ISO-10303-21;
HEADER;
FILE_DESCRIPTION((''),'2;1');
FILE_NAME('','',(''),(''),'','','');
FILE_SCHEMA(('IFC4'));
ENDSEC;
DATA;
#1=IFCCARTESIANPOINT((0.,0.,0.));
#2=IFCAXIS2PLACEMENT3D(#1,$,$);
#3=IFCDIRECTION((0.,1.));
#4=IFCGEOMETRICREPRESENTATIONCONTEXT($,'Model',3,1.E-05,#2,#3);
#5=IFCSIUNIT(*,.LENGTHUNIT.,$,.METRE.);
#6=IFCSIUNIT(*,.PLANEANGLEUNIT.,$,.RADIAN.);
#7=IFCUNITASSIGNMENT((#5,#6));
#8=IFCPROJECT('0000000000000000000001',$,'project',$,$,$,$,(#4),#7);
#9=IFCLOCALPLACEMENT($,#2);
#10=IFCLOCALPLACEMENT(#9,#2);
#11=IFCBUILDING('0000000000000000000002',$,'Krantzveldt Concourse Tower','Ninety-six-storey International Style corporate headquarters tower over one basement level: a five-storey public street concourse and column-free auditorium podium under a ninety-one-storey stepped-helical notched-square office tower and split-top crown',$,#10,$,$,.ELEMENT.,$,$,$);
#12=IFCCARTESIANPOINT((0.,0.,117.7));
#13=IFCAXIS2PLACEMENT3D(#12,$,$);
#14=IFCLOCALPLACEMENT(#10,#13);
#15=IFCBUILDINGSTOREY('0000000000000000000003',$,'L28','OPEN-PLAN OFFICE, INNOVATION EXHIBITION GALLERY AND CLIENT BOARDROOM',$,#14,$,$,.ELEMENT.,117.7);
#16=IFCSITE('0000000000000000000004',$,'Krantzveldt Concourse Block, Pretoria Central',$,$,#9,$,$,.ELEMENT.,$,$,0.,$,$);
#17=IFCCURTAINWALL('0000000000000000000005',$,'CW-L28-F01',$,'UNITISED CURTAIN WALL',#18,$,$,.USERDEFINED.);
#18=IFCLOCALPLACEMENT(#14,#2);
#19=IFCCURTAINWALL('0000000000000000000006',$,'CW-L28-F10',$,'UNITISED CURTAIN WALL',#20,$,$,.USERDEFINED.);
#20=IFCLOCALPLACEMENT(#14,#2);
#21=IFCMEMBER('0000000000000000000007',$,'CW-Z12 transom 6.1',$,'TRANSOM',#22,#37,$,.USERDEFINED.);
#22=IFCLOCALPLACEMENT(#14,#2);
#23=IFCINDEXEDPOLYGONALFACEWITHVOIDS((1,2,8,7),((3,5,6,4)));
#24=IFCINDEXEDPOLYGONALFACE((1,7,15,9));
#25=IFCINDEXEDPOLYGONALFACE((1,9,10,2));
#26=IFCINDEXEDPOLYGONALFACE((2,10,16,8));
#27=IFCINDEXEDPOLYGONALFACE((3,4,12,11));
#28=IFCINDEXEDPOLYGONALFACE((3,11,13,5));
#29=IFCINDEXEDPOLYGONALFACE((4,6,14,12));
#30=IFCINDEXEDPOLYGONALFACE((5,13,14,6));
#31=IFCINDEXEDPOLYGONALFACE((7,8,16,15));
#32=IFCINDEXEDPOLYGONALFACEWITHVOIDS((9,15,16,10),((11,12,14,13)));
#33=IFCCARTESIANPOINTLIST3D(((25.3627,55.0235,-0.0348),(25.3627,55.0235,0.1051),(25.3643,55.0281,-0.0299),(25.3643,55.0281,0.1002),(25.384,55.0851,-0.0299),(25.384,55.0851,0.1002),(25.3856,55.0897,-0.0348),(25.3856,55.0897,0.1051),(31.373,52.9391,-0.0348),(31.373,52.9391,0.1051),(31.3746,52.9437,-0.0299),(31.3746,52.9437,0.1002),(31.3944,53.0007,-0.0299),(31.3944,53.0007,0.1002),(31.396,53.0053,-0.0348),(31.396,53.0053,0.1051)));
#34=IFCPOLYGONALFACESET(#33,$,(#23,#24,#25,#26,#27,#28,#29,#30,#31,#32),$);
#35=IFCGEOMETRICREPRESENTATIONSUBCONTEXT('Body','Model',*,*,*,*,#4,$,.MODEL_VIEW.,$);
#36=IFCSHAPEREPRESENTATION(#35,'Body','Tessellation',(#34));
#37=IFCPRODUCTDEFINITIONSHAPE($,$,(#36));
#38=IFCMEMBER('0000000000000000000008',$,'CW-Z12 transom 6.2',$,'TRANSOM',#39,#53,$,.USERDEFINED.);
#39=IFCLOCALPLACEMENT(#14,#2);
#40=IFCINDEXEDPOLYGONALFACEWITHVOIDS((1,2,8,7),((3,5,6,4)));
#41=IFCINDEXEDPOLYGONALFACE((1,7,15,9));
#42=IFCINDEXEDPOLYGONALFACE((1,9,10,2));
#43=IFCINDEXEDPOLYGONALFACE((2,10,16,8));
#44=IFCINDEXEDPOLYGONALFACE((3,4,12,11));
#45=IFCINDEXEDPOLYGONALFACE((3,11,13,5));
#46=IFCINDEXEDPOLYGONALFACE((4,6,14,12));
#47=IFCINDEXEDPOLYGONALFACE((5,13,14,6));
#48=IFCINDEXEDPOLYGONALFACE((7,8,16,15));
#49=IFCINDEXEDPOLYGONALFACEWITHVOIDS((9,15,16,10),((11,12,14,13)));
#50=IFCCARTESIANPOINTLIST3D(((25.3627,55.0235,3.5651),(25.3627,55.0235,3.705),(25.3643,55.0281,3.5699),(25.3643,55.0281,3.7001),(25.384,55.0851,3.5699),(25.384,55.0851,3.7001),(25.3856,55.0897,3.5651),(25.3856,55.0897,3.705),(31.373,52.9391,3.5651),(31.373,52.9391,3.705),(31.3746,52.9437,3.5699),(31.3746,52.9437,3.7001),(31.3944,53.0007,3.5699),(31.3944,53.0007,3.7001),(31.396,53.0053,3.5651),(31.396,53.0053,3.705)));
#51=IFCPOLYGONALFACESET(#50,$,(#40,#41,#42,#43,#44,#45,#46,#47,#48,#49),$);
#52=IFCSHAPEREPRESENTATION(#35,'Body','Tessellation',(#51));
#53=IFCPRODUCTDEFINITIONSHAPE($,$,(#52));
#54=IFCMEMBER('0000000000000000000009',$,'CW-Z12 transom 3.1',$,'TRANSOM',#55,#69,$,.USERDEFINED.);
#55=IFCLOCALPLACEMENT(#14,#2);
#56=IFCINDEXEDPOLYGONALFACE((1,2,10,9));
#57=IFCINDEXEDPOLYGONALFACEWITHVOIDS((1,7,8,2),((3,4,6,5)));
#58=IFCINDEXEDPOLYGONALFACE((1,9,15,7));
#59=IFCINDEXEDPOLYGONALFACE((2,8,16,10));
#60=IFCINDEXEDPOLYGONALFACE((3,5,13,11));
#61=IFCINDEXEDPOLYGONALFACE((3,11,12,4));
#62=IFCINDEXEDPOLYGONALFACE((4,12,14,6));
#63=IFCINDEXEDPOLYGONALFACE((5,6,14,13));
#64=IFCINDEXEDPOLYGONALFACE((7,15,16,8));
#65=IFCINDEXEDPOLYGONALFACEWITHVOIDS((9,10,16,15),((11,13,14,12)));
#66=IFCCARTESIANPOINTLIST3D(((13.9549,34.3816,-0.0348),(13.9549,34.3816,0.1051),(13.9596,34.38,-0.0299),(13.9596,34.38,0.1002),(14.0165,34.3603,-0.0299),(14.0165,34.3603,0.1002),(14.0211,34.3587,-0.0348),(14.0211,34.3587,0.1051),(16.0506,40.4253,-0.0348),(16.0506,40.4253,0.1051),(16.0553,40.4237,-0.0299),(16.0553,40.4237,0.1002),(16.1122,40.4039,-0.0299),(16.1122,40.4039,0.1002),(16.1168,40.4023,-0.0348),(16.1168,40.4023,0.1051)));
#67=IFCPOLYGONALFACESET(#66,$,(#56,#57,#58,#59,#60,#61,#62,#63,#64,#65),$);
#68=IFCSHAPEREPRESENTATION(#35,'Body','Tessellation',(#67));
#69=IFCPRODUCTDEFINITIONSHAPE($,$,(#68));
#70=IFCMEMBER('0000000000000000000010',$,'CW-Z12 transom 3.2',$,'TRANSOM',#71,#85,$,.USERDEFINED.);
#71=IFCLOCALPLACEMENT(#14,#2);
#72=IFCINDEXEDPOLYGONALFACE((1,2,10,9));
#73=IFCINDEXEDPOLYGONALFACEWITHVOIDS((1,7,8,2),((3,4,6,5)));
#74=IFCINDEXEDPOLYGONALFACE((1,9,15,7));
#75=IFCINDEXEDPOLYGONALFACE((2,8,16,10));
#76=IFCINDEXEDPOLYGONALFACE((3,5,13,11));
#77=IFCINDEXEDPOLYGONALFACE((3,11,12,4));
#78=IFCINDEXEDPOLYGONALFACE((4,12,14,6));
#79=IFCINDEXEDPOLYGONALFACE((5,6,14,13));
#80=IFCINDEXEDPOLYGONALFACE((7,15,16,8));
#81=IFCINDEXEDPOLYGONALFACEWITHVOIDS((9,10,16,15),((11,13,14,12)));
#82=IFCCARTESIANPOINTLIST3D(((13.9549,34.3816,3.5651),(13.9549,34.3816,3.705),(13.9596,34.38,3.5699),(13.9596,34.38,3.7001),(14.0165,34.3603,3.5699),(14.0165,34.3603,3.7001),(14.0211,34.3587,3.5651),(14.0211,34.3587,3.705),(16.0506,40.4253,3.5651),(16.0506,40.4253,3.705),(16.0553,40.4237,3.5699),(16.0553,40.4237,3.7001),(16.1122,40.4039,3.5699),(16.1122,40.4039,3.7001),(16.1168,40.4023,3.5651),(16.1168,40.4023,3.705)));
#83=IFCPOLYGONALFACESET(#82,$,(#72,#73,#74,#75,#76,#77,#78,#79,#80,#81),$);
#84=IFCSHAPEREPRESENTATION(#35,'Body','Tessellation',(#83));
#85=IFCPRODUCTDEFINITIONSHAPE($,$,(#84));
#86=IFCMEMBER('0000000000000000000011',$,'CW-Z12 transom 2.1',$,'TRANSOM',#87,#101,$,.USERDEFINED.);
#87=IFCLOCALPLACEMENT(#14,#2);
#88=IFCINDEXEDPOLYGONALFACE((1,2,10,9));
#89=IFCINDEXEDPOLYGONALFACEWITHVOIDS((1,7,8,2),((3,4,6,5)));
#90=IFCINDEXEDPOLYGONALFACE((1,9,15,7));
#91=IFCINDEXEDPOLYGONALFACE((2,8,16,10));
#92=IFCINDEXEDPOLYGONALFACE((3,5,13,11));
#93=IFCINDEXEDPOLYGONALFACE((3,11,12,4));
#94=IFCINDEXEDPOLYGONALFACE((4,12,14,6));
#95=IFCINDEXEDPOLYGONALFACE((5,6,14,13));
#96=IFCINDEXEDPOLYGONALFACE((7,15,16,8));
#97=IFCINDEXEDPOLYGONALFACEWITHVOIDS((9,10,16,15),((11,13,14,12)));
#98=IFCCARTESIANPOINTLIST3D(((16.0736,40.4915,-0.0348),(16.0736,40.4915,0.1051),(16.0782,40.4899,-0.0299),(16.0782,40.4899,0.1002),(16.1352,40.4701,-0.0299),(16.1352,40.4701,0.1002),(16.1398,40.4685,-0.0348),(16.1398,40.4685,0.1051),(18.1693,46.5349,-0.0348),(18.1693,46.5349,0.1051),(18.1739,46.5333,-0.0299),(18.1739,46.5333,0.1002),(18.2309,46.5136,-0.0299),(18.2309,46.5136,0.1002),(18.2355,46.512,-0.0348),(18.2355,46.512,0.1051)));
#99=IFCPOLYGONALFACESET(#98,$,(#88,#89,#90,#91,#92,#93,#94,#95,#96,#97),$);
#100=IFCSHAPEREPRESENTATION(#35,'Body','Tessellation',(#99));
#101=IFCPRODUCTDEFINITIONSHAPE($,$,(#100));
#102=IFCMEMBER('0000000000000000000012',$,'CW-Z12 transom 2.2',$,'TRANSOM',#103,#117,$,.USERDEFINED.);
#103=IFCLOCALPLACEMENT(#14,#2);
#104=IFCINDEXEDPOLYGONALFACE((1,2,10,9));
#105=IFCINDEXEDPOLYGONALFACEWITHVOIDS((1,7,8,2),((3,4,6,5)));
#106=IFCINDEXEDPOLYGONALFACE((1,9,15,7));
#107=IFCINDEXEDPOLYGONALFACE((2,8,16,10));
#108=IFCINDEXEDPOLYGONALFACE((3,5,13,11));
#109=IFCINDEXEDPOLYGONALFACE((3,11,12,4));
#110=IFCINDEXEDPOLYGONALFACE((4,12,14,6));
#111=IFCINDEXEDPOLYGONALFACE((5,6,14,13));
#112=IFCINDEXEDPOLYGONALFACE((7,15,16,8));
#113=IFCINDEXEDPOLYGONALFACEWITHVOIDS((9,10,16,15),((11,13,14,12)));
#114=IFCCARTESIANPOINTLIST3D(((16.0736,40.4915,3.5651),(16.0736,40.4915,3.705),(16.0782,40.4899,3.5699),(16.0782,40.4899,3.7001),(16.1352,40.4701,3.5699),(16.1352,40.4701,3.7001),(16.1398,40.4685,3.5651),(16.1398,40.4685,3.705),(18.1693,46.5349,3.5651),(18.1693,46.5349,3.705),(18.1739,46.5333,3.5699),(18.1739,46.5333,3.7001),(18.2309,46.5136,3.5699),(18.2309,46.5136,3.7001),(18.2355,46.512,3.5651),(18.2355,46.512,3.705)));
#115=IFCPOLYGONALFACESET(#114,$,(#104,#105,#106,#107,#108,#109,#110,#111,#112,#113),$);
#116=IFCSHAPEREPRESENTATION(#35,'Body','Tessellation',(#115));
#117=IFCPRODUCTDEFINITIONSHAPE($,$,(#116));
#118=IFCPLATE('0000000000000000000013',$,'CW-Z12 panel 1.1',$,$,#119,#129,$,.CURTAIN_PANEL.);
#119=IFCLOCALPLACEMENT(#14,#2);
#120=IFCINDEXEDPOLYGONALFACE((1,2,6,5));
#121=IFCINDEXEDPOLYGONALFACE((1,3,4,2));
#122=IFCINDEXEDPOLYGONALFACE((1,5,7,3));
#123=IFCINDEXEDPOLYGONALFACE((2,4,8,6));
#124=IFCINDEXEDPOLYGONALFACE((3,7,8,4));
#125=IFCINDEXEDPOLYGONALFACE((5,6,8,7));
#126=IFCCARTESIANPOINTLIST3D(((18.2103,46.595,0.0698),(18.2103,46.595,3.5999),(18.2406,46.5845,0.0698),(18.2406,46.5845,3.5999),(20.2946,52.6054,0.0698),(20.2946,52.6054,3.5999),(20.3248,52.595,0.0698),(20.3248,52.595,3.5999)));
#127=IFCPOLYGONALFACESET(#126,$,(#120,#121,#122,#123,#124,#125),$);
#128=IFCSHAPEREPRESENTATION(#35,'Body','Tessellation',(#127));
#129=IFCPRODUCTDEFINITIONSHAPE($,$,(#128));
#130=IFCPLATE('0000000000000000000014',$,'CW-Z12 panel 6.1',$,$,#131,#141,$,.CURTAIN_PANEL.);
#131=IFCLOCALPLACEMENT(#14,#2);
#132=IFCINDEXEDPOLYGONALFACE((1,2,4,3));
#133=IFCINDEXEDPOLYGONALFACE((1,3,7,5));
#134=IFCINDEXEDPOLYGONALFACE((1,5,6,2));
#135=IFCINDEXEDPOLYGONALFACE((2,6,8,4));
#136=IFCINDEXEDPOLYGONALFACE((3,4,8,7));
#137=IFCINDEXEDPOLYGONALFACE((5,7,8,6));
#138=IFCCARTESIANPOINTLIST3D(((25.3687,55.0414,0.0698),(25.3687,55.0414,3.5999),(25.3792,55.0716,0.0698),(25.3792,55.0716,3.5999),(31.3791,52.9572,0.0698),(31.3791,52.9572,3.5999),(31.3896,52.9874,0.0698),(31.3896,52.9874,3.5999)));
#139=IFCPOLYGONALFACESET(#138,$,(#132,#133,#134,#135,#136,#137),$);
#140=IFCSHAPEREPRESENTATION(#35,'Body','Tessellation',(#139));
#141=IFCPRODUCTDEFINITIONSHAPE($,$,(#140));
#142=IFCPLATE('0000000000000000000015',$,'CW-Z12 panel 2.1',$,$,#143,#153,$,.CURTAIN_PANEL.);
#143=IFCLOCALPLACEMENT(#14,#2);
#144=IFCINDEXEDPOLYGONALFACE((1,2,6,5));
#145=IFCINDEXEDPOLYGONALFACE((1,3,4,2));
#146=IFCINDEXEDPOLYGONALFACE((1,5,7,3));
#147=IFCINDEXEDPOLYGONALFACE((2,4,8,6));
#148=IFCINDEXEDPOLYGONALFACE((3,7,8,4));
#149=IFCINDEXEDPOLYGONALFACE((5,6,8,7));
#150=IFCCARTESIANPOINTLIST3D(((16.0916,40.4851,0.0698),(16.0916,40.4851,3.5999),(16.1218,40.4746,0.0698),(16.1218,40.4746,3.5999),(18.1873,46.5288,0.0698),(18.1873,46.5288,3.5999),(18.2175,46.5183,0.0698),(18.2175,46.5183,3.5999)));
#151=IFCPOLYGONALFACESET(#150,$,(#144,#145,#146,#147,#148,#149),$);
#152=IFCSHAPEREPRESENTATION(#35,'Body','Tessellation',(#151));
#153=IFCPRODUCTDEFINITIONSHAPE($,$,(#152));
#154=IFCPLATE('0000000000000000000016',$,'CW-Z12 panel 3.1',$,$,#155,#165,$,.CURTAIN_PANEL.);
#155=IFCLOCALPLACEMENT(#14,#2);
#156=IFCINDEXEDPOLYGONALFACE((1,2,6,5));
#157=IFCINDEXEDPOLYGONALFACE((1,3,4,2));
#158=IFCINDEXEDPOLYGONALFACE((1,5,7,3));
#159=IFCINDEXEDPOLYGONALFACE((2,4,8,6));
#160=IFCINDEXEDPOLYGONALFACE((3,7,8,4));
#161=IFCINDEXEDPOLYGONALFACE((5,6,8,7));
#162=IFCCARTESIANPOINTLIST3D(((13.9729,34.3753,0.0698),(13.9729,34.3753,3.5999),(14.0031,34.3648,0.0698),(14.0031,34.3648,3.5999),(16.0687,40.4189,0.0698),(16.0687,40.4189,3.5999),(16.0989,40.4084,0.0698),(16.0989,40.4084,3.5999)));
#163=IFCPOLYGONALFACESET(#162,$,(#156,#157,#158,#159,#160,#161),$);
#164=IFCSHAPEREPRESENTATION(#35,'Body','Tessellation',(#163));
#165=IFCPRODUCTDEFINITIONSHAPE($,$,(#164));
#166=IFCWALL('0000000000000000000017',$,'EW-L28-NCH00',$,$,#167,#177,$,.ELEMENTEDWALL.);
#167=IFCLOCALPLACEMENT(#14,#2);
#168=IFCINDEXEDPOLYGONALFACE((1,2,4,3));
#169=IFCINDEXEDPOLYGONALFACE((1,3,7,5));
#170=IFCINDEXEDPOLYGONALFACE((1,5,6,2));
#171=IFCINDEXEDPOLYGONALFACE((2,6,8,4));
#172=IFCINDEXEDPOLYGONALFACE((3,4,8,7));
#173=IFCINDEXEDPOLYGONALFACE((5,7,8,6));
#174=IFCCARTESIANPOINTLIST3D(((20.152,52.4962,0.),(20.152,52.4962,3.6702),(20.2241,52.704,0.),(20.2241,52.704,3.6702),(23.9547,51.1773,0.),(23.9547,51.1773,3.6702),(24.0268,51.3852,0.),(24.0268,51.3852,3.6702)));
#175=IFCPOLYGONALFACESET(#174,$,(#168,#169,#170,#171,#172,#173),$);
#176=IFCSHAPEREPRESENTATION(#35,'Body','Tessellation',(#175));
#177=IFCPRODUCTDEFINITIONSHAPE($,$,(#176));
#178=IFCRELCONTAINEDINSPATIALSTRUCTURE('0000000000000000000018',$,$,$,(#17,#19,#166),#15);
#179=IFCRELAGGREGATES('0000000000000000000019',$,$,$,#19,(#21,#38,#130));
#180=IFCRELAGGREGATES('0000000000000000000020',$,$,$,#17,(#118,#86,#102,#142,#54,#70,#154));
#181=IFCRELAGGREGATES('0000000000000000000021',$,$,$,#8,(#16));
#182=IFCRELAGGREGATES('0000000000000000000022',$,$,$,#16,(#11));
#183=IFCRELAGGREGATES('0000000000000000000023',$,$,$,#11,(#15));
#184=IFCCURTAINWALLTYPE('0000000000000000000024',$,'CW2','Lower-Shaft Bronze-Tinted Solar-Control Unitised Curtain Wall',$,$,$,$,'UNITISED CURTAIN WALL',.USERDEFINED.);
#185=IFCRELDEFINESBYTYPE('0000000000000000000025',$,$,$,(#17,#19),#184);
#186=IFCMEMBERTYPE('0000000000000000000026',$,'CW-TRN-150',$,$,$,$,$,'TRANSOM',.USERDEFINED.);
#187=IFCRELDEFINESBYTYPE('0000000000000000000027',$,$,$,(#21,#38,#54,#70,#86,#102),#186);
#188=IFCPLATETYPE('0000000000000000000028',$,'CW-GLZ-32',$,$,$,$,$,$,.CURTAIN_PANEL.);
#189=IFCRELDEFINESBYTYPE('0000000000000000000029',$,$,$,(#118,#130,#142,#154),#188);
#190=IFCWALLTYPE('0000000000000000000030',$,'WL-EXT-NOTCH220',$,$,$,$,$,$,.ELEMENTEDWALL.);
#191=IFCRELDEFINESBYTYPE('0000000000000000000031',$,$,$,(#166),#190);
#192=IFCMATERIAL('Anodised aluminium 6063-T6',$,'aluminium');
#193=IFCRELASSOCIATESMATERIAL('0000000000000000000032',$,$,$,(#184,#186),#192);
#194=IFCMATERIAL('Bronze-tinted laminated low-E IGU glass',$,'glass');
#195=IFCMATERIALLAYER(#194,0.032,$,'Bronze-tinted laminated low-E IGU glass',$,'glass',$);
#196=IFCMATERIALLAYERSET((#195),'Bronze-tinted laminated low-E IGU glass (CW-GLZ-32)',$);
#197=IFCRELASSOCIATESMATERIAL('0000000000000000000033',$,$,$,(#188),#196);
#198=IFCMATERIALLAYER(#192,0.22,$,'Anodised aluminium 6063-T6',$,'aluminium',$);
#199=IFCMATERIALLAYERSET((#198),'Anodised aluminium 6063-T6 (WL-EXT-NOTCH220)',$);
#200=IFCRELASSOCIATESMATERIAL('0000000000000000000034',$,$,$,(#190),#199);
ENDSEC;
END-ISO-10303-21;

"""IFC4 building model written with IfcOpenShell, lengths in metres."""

from ifc_helpers import new_model, si_unit, direction, frame, frame_2d, origin, origin_2d, place, context, subcontext, project, spatial, rectangle, hollow_rectangle, extrude, source, transform, mapped, material, layer, layer_set, material_profile, profile_set, type_object, type_shapes, element, aggregate, save


model = new_model("IFC4")

# Units and contexts
model_context = context("Model", 3, precision=1e-05, world=origin(), true_north=direction((0.0, 1.0)))
body_context = subcontext(model_context, "Body", "Model", "MODEL_VIEW")
ifc_project = project(units=[si_unit("LENGTHUNIT", "METRE"), si_unit("PLANEANGLEUNIT", "RADIAN")], contexts=[model_context])

# Site, building, storey
site_placement = place(None, origin())
site = spatial("IfcSite", under=ifc_project, at=site_placement, Name="Krantzveldt Concourse Block, Pretoria Central", CompositionType="ELEMENT", RefElevation=0.0)
building_placement = place(site_placement, origin())
building = spatial("IfcBuilding", under=site, at=building_placement, Name="Krantzveldt Concourse Tower", Description="Ninety-six-storey International Style corporate headquarters tower over one basement level: a five-storey public street concourse and column-free auditorium podium under a ninety-one-storey stepped-helical notched-square office tower and split-top crown", CompositionType="ELEMENT")
storey_placement = place(building_placement, frame((0.0, 0.0, 117.7)))
storey = spatial("IfcBuildingStorey", under=building, at=storey_placement, Name="L28", Description="OPEN-PLAN OFFICE, INNOVATION EXHIBITION GALLERY AND CLIENT BOARDROOM", CompositionType="ELEMENT", Elevation=117.7)

# Curtain walls
ifc_material_1 = material(Name="Anodised aluminium 6063-T6", Category="aluminium")
curtain_wall_type = type_object("IfcCurtainWallType", Name="CW2", Description="Lower-Shaft Bronze-Tinted Solar-Control Unitised Curtain Wall", ElementType="UNITISED CURTAIN WALL", PredefinedType="USERDEFINED", material=ifc_material_1)
curtain_wall_1_placement = place(storey_placement, origin())
curtain_wall_1 = element("IfcCurtainWall", 1, at=curtain_wall_1_placement, inside=storey, type_object=curtain_wall_type, Name="CW-L28-F01", ObjectType="UNITISED CURTAIN WALL", PredefinedType="USERDEFINED")
curtain_wall_2_placement = place(storey_placement, origin())
curtain_wall_2 = element("IfcCurtainWall", 2, at=curtain_wall_2_placement, inside=storey, type_object=curtain_wall_type, Name="CW-L28-F10", ObjectType="UNITISED CURTAIN WALL", PredefinedType="USERDEFINED")

# Members
ifc_material_profile_1 = material_profile(ifc_material_1, hollow_rectangle(XDim=0.0701, YDim=0.1399, WallThickness=0.0049, at=origin_2d()), Name="Anodised aluminium 6063-T6", Category="aluminium")
ifc_profile_set_1 = profile_set([ifc_material_profile_1], Name="Anodised aluminium 6063-T6 - ALU-TRAN 140x70x5")
member_type_1 = type_object("IfcMemberType", Name="CW-TRN-150", ElementType="TRANSOM", PredefinedType="USERDEFINED", material=ifc_profile_set_1)
shared_shape_1 = source(origin(), body_context, "Body", "SweptSolid", [
    extrude(hollow_rectangle(XDim=0.0701, YDim=0.1399, WallThickness=0.0049, at=origin_2d()), origin(), (0.0, 0.0, 1.0), 6.3616),
])
member_1_placement = place(storey_placement, frame((31.3845, 52.9722, 0.0352), z_axis=(-0.944796, 0.32766, 0.0), x_axis=(-0.32766, -0.944796, 0.0)))
member_1 = element("IfcMember", 3, at=member_1_placement, type_object=member_type_1, Name="CW-Z12 transom 6.1", ObjectType="TRANSOM", PredefinedType="USERDEFINED", context=body_context, shape_type="MappedRepresentation", body=[
    mapped(shared_shape_1, transform((0.0, 0.0, 0.0), x_axis=(1.0, 0.0, 0.0), y_axis=(0.0, 1.0, 0.0), z_axis=(0.0, 0.0, 1.0), scale=1.0)),
])
member_2_placement = place(storey_placement, frame((31.3845, 52.9722, 3.635), z_axis=(-0.944796, 0.32766, 0.0), x_axis=(-0.32766, -0.944796, 0.0)))
member_2 = element("IfcMember", 4, at=member_2_placement, type_object=member_type_1, Name="CW-Z12 transom 6.2", ObjectType="TRANSOM", PredefinedType="USERDEFINED", context=body_context, shape_type="MappedRepresentation", body=[
    mapped(shared_shape_1, transform((0.0, 0.0, 0.0), x_axis=(1.0, 0.0, 0.0), y_axis=(0.0, 1.0, 0.0), z_axis=(0.0, 0.0, 1.0), scale=1.0)),
])
shared_shape_2 = source(origin(), body_context, "Body", "SweptSolid", [
    extrude(hollow_rectangle(XDim=0.0701, YDim=0.1399, WallThickness=0.0049, at=origin_2d()), origin(), (0.0, 0.0, 1.0), 6.3967),
])
member_3_placement = place(storey_placement, frame((16.0837, 40.4138, 0.0352), z_axis=(-0.32762, -0.944809, 0.0), x_axis=(0.944809, -0.32762, 0.0)))
member_3 = element("IfcMember", 5, at=member_3_placement, type_object=member_type_1, Name="CW-Z12 transom 3.1", ObjectType="TRANSOM", PredefinedType="USERDEFINED", context=body_context, shape_type="MappedRepresentation", body=[
    mapped(shared_shape_2, transform((0.0, 0.0, 0.0), x_axis=(1.0, 0.0, 0.0), y_axis=(0.0, 1.0, 0.0), z_axis=(0.0, 0.0, 1.0), scale=1.0)),
])
member_4_placement = place(storey_placement, frame((16.0837, 40.4138, 3.635), z_axis=(-0.32762, -0.944809, 0.0), x_axis=(0.944809, -0.32762, 0.0)))
member_4 = element("IfcMember", 6, at=member_4_placement, type_object=member_type_1, Name="CW-Z12 transom 3.2", ObjectType="TRANSOM", PredefinedType="USERDEFINED", context=body_context, shape_type="MappedRepresentation", body=[
    mapped(shared_shape_2, transform((0.0, 0.0, 0.0), x_axis=(1.0, 0.0, 0.0), y_axis=(0.0, 1.0, 0.0), z_axis=(0.0, 0.0, 1.0), scale=1.0)),
])
shared_shape_3 = source(origin(), body_context, "Body", "SweptSolid", [
    extrude(hollow_rectangle(XDim=0.0701, YDim=0.1399, WallThickness=0.0049, at=origin_2d()), origin(), (0.0, 0.0, 1.0), 6.3965),
])
type_shapes(member_type_1, [shared_shape_1, shared_shape_2, shared_shape_3])
member_5_placement = place(storey_placement, frame((18.2024, 46.5234, 0.0352), z_axis=(-0.327632, -0.944805, 0.0), x_axis=(0.944805, -0.327632, 0.0)))
member_5 = element("IfcMember", 7, at=member_5_placement, type_object=member_type_1, Name="CW-Z12 transom 2.1", ObjectType="TRANSOM", PredefinedType="USERDEFINED", context=body_context, shape_type="MappedRepresentation", body=[
    mapped(shared_shape_3, transform((0.0, 0.0, 0.0), x_axis=(1.0, 0.0, 0.0), y_axis=(0.0, 1.0, 0.0), z_axis=(0.0, 0.0, 1.0), scale=1.0)),
])
member_6_placement = place(storey_placement, frame((18.2024, 46.5234, 3.635), z_axis=(-0.327632, -0.944805, 0.0), x_axis=(0.944805, -0.327632, 0.0)))
member_6 = element("IfcMember", 8, at=member_6_placement, type_object=member_type_1, Name="CW-Z12 transom 2.2", ObjectType="TRANSOM", PredefinedType="USERDEFINED", context=body_context, shape_type="MappedRepresentation", body=[
    mapped(shared_shape_3, transform((0.0, 0.0, 0.0), x_axis=(1.0, 0.0, 0.0), y_axis=(0.0, 1.0, 0.0), z_axis=(0.0, 0.0, 1.0), scale=1.0)),
])

# Plates
ifc_material_2 = material(Name="Bronze-tinted laminated low-E IGU glass", Category="glass")
ifc_layer_1 = layer(ifc_material_2, 0.032, Name="Bronze-tinted laminated low-E IGU glass", Category="glass")
ifc_layer_set_1 = layer_set([ifc_layer_1], Name="Bronze-tinted laminated low-E IGU glass (CW-GLZ-32)")
plate_type = type_object("IfcPlateType", Name="CW-GLZ-32", PredefinedType="CURTAIN_PANEL", material=ifc_layer_set_1)
shared_shape_4 = source(origin(), body_context, "Body", "SweptSolid", [
    extrude(rectangle(XDim=6.3616, YDim=0.032, at=origin_2d()), origin(), (0.0, 0.0, 1.0), 3.53),
])
plate_1_placement = place(storey_placement, frame((19.2676, 49.595, 0.0698), z_axis=(0.0, 0.0, 1.0), x_axis=(-0.32763, -0.944806, 0.0)))
plate_1 = element("IfcPlate", 9, at=plate_1_placement, type_object=plate_type, Name="CW-Z12 panel 1.1", PredefinedType="CURTAIN_PANEL", context=body_context, shape_type="MappedRepresentation", body=[
    mapped(shared_shape_4, transform((0.0, 0.0, 0.0), x_axis=(1.0, 0.0, 0.0), y_axis=(0.0, 1.0, 0.0), z_axis=(0.0, 0.0, 1.0), scale=1.0)),
])
plate_2_placement = place(storey_placement, frame((28.3792, 54.0144, 0.0698), z_axis=(0.0, 0.0, 1.0), x_axis=(-0.944806, 0.32763, 0.0)))
plate_2 = element("IfcPlate", 10, at=plate_2_placement, type_object=plate_type, Name="CW-Z12 panel 6.1", PredefinedType="CURTAIN_PANEL", context=body_context, shape_type="MappedRepresentation", body=[
    mapped(shared_shape_4, transform((0.0, 0.0, 0.0), x_axis=(1.0, 0.0, 0.0), y_axis=(0.0, 1.0, 0.0), z_axis=(0.0, 0.0, 1.0), scale=1.0)),
])
aggregate(curtain_wall_2, [member_1, member_2, plate_2])
shared_shape_5 = source(origin(), body_context, "Body", "SweptSolid", [
    extrude(rectangle(XDim=6.3967, YDim=0.032, at=origin_2d()), origin(), (0.0, 0.0, 1.0), 3.53),
])
type_shapes(plate_type, [shared_shape_4, shared_shape_5])
plate_3_placement = place(storey_placement, frame((17.1545, 43.5017, 0.0698), z_axis=(0.0, 0.0, 1.0), x_axis=(-0.32763, -0.944806, 0.0)))
plate_3 = element("IfcPlate", 11, at=plate_3_placement, type_object=plate_type, Name="CW-Z12 panel 2.1", PredefinedType="CURTAIN_PANEL", context=body_context, shape_type="MappedRepresentation", body=[
    mapped(shared_shape_5, transform((0.0, 0.0, 0.0), x_axis=(1.0, 0.0, 0.0), y_axis=(0.0, 1.0, 0.0), z_axis=(0.0, 0.0, 1.0), scale=1.0)),
])
plate_4_placement = place(storey_placement, frame((15.0359, 37.3918, 0.0698), z_axis=(0.0, 0.0, 1.0), x_axis=(-0.32763, -0.944806, 0.0)))
plate_4 = element("IfcPlate", 12, at=plate_4_placement, type_object=plate_type, Name="CW-Z12 panel 3.1", PredefinedType="CURTAIN_PANEL", context=body_context, shape_type="MappedRepresentation", body=[
    mapped(shared_shape_5, transform((0.0, 0.0, 0.0), x_axis=(1.0, 0.0, 0.0), y_axis=(0.0, 1.0, 0.0), z_axis=(0.0, 0.0, 1.0), scale=1.0)),
])
aggregate(curtain_wall_1, [plate_1, member_5, member_6, plate_3, member_3, member_4, plate_4])

# Wall
ifc_layer_2 = layer(ifc_material_1, 0.22, Name="Anodised aluminium 6063-T6", Category="aluminium")
ifc_layer_set_2 = layer_set([ifc_layer_2], Name="Anodised aluminium 6063-T6 (WL-EXT-NOTCH220)")
wall_type_1 = type_object("IfcWallType", Name="WL-EXT-NOTCH220", PredefinedType="ELEMENTEDWALL", material=ifc_layer_set_2)
wall_1_placement = place(storey_placement, frame((23.9907, 51.2812, 0.0), z_axis=(0.0, 0.0, 1.0), x_axis=(-0.944793, 0.327669, 0.0)))
element("IfcWall", 13, at=wall_1_placement, inside=storey, type_object=wall_type_1, Name="EW-L28-NCH00", PredefinedType="ELEMENTEDWALL", context=body_context, shape_type="SweptSolid", body=[
    extrude(rectangle(XDim=4.0249, YDim=0.22, at=frame_2d((2.0125, 0.0))), origin(), (0.0, 0.0, 1.0), 3.6702),
])

save(model, "model.ifc")
